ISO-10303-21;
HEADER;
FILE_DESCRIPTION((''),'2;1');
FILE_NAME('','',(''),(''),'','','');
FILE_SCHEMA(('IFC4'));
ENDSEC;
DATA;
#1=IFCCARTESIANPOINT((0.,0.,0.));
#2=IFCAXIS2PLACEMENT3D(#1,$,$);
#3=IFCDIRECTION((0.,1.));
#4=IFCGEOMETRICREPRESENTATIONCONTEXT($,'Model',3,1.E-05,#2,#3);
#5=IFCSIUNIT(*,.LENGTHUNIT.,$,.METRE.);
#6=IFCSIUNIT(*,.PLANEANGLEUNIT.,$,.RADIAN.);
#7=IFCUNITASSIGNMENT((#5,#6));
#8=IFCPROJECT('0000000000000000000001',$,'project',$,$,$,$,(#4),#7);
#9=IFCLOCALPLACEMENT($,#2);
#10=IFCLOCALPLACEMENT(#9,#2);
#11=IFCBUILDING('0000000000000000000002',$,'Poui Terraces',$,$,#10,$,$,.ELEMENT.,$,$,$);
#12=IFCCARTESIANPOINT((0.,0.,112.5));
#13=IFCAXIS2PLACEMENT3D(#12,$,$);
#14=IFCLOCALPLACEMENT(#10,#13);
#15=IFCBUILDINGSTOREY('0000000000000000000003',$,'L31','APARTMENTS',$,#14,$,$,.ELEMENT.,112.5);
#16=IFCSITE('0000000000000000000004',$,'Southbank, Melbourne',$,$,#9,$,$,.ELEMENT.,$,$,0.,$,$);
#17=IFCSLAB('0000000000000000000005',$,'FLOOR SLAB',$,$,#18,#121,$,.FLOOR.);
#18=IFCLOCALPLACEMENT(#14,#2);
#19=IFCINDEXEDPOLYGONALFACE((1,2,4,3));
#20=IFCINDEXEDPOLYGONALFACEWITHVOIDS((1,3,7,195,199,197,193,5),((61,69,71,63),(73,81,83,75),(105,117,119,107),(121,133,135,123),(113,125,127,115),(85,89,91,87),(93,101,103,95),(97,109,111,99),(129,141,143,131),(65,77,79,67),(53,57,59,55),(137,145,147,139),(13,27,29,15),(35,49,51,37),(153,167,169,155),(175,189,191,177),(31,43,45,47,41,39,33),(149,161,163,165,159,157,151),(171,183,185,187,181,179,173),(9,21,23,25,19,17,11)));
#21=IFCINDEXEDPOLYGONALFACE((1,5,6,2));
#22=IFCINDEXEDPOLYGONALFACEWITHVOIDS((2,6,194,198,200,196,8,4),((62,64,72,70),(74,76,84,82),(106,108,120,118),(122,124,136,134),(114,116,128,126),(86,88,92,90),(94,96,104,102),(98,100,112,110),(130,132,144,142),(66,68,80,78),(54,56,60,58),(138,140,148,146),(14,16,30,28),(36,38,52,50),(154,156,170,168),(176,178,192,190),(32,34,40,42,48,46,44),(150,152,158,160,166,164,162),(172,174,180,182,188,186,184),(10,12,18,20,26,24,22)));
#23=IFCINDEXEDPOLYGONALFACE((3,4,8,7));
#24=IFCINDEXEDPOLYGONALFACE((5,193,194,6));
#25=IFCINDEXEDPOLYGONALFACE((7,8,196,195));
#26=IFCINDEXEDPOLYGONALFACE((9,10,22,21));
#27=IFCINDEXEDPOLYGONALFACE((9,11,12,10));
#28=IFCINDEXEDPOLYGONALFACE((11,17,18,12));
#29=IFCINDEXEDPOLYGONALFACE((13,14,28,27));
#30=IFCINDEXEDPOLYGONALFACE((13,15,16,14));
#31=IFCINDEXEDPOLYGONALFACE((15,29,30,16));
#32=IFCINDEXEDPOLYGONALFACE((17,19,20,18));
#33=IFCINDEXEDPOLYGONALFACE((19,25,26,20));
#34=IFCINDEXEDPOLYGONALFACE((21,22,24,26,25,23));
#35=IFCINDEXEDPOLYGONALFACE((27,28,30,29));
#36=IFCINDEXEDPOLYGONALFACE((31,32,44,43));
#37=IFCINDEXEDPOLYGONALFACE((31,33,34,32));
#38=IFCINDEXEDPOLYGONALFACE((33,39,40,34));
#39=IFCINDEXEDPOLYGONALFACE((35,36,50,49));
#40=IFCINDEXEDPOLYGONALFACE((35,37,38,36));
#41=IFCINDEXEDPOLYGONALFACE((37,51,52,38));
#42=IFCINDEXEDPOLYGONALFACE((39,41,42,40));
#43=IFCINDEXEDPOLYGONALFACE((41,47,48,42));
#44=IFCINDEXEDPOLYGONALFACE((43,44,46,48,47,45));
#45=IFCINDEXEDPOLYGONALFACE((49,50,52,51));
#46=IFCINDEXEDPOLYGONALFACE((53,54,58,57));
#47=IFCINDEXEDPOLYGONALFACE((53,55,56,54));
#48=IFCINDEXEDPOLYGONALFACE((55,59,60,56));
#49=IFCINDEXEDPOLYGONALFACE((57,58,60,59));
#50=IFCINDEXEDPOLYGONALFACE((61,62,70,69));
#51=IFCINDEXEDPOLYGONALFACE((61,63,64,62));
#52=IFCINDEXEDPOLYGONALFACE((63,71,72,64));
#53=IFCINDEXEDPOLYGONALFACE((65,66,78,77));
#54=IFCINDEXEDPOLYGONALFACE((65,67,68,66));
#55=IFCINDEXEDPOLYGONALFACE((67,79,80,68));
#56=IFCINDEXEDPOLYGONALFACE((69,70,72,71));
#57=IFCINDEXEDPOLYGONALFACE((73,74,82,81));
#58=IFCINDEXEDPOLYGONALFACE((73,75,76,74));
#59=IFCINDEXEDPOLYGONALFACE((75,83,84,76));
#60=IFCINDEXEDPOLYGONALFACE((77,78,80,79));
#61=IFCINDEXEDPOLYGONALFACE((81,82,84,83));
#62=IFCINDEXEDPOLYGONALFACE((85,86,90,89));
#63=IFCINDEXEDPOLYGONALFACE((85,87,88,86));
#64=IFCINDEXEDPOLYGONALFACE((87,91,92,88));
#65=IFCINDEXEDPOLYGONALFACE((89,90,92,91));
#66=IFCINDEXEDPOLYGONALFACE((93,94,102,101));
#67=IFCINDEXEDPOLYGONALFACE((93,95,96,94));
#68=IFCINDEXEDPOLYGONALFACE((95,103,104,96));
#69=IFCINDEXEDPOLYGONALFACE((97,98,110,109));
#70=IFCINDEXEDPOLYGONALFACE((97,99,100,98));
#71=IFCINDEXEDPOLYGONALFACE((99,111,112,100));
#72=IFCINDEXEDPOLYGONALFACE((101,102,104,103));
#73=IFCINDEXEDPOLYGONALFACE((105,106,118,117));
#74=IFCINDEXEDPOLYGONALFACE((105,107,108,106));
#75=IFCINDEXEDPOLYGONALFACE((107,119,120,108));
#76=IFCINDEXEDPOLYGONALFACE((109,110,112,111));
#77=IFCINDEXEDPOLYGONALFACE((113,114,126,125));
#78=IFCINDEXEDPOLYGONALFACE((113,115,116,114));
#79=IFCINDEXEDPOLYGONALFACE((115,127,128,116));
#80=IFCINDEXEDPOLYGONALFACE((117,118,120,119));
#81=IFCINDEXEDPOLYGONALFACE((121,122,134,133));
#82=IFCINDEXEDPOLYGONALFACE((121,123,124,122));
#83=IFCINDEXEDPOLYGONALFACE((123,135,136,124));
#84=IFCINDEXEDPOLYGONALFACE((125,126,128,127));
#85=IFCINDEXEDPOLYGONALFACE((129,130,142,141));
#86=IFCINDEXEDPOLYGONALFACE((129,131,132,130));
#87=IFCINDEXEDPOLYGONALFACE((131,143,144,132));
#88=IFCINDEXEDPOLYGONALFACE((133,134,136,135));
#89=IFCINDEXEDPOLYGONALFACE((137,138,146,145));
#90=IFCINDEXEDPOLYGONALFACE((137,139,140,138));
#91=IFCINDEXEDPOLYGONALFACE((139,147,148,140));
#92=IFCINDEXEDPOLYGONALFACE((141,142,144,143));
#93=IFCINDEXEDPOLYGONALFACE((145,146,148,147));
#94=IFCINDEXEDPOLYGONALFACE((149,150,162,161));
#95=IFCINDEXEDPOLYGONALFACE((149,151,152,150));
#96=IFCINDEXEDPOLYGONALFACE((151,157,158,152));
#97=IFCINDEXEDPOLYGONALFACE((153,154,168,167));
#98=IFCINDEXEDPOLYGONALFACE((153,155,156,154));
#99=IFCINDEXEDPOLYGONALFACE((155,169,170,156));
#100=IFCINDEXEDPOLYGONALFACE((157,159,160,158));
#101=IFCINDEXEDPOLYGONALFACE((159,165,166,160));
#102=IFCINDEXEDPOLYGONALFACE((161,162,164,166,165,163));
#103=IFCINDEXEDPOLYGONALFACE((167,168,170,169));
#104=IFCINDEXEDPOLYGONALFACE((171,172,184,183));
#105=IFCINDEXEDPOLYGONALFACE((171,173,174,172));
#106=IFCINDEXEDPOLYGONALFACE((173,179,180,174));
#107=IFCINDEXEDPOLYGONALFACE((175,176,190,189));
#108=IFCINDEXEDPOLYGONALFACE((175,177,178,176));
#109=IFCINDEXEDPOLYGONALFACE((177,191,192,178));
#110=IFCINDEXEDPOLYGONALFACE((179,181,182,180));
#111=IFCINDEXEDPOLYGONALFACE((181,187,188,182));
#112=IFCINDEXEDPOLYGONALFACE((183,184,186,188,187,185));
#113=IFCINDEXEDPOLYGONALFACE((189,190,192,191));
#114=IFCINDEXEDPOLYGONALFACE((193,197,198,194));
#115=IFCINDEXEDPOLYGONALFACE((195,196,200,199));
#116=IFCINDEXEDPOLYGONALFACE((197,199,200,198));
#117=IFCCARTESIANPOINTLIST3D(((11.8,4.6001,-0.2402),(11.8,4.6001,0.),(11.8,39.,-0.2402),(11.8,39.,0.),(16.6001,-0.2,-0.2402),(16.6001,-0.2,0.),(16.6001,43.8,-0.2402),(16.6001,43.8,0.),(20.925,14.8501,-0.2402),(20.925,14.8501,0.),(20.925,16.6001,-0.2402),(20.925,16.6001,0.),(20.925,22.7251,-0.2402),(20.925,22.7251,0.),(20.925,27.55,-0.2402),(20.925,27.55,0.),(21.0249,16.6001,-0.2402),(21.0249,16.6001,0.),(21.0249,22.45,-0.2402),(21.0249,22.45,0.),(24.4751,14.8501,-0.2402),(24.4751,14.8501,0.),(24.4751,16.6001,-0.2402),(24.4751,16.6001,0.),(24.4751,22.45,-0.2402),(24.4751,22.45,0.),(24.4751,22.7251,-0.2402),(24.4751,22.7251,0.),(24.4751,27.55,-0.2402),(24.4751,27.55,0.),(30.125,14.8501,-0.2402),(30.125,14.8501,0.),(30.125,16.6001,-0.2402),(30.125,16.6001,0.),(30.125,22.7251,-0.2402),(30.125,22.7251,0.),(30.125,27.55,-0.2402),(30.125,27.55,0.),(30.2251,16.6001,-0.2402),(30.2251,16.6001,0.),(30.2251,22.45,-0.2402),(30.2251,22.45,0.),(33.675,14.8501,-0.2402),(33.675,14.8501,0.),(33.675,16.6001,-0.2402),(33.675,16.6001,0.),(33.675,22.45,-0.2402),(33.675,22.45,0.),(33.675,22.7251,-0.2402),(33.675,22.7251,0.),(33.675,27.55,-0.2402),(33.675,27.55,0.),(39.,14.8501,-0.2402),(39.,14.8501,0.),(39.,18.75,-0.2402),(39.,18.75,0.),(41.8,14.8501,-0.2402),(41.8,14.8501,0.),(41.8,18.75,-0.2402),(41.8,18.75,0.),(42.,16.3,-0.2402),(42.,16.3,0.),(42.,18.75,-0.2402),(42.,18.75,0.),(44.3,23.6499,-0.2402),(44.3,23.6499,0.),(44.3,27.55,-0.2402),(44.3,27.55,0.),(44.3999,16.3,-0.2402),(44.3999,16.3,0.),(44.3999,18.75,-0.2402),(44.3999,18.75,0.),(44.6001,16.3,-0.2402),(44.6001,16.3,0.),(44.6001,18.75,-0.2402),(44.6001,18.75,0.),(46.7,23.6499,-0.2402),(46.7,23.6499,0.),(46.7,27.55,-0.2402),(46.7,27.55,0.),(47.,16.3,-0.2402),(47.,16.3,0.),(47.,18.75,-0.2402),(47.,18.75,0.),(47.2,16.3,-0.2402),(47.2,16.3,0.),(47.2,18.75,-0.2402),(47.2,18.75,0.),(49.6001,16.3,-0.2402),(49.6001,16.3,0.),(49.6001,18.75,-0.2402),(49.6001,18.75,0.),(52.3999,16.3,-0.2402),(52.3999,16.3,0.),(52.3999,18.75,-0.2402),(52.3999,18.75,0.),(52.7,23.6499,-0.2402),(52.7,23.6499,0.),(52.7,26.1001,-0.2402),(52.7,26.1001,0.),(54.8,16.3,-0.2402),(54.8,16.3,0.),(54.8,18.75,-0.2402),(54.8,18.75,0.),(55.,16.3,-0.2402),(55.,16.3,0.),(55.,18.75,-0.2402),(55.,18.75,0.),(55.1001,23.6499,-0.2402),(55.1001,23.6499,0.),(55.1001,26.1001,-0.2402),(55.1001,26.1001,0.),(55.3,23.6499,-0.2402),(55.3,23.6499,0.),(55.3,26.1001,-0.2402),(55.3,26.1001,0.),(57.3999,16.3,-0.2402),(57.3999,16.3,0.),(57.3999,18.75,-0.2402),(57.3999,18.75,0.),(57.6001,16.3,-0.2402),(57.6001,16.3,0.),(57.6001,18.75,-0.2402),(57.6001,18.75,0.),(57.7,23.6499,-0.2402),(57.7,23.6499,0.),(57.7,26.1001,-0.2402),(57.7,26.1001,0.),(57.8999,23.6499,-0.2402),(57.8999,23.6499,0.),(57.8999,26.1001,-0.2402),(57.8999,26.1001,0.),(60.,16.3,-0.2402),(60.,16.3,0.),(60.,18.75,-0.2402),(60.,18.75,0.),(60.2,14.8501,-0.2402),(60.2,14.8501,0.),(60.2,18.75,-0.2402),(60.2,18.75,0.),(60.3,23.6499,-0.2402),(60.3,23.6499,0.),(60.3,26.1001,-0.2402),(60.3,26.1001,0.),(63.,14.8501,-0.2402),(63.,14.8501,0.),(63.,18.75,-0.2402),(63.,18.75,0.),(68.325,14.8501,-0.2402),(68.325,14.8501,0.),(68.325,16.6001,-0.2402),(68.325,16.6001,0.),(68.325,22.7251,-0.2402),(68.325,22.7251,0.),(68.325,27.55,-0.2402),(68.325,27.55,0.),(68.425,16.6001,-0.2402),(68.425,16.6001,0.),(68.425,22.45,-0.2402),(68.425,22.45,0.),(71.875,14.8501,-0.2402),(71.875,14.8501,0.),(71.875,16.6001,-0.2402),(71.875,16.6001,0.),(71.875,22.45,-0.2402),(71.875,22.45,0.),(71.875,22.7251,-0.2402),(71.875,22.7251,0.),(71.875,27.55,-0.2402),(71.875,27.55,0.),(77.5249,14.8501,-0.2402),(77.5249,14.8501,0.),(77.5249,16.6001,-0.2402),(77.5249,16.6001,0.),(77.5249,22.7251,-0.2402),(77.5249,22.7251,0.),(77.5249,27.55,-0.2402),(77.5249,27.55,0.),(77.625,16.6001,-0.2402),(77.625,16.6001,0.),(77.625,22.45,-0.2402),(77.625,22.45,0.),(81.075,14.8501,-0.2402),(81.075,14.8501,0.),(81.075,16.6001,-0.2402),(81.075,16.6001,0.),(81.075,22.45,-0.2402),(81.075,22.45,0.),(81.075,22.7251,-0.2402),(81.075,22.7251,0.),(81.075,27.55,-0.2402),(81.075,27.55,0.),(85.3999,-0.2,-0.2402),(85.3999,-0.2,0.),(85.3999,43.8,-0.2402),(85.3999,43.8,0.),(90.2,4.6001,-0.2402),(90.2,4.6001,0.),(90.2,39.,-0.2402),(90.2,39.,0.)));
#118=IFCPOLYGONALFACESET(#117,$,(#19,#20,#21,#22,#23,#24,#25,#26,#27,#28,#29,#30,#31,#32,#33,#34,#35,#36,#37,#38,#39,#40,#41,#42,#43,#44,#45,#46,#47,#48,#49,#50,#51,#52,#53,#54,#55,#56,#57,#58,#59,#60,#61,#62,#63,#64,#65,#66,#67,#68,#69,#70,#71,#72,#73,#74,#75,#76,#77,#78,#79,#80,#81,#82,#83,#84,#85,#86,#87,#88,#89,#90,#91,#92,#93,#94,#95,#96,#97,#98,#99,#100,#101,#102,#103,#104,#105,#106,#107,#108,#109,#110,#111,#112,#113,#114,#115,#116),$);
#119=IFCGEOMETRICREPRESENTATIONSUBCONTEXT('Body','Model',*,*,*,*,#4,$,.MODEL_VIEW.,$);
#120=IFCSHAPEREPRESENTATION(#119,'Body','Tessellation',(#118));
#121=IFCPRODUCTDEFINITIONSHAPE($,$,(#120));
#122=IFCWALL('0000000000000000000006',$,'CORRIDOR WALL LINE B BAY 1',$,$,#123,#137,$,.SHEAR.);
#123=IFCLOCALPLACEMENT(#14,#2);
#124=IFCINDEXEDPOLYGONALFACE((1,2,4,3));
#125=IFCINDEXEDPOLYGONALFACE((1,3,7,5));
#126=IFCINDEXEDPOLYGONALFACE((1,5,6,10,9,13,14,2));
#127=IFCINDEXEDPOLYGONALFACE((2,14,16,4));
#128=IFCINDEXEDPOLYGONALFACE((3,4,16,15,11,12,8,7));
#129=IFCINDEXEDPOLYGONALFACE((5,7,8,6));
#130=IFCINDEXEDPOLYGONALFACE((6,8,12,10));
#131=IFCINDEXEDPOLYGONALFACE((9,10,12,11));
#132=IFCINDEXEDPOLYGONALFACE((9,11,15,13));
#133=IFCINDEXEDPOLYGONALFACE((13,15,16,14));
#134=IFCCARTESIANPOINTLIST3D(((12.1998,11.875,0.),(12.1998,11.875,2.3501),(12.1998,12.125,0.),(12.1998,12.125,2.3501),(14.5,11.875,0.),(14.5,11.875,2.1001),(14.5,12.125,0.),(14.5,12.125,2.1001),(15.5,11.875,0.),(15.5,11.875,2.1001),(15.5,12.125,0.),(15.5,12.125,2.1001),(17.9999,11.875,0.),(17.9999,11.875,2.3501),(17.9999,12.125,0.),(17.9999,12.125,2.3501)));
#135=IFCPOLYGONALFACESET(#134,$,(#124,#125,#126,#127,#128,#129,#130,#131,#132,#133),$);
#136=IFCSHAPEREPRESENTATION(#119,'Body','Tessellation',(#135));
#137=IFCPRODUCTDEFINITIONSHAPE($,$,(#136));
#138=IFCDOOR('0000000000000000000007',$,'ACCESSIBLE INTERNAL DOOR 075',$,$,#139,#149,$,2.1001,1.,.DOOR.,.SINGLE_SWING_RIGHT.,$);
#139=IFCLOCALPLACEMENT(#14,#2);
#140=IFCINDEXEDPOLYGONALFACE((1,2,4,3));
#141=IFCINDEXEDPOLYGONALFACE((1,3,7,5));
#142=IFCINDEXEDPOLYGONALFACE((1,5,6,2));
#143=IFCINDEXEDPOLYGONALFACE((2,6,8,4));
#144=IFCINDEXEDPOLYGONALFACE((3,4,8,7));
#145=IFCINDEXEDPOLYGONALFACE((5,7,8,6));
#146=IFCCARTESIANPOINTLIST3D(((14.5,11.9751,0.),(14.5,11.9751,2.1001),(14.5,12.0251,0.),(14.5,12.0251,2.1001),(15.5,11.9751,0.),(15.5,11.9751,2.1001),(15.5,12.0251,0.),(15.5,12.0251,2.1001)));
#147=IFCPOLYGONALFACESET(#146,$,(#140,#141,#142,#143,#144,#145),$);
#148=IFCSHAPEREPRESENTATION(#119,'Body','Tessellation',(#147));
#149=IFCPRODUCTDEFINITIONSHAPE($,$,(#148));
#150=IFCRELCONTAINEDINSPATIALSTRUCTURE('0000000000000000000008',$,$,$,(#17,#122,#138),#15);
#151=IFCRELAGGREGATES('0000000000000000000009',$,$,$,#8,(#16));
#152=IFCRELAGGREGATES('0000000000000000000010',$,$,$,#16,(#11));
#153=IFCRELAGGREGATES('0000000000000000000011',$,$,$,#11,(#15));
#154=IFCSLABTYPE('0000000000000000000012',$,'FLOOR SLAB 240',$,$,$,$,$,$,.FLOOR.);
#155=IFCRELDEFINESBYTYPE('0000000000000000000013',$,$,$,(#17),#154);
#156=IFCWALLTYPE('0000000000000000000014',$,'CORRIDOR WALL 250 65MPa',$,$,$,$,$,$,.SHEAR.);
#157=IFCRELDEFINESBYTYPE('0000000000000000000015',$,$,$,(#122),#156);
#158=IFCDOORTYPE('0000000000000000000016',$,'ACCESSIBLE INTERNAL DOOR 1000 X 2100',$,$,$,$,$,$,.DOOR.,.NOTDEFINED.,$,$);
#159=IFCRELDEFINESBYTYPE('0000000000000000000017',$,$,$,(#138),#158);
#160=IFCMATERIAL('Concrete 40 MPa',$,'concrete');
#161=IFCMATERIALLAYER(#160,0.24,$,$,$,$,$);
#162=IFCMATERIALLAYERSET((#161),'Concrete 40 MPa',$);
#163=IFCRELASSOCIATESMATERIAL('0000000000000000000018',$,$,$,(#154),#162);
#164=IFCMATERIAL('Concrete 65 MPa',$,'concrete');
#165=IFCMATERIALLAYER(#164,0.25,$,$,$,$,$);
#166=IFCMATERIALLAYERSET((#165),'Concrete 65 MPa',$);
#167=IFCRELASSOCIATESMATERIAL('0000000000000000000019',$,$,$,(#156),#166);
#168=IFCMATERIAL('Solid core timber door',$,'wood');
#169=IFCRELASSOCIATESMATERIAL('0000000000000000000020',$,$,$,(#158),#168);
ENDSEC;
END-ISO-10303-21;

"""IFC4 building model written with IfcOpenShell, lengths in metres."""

from ifc_helpers import new_model, si_unit, direction, frame, frame_2d, origin, place, context, subcontext, project, spatial, polyline, rectangle, outline, extrude, source, transform, mapped, material, layer, layer_set, type_object, element, fill, save


model = new_model("IFC4")

# Units and contexts
model_context = context("Model", 3, precision=1e-05, world=origin(), true_north=direction((0.0, 1.0)))
body_context = subcontext(model_context, "Body", "Model", "MODEL_VIEW")
ifc_project = project(units=[si_unit("LENGTHUNIT", "METRE"), si_unit("PLANEANGLEUNIT", "RADIAN")], contexts=[model_context])

# Site, building, storey
site_placement = place(None, origin())
site = spatial("IfcSite", under=ifc_project, at=site_placement, Name="Southbank, Melbourne", CompositionType="ELEMENT", RefElevation=0.0)
building_placement = place(site_placement, origin())
building = spatial("IfcBuilding", under=site, at=building_placement, Name="Poui Terraces", CompositionType="ELEMENT")
storey_placement = place(building_placement, frame((0.0, 0.0, 112.5)))
storey = spatial("IfcBuildingStorey", under=building, at=storey_placement, Name="L31", Description="APARTMENTS", CompositionType="ELEMENT", Elevation=112.5)

# Shared definitions
ifc_material_1 = material(Name="Concrete 65 MPa", Category="concrete")

# Slab
ifc_material_2 = material(Name="Concrete 40 MPa", Category="concrete")
ifc_layer_1 = layer(ifc_material_2, 0.24)
ifc_layer_set_1 = layer_set([ifc_layer_1], Name="Concrete 40 MPa")
slab_type_1 = type_object("IfcSlabType", Name="FLOOR SLAB 240", PredefinedType="FLOOR", material=ifc_layer_set_1)
shared_shape = source(origin(), body_context, "Body", "SweptSolid", [
    extrude(outline(polyline([(0.0, 0.0), (4.8, -4.8), (73.5999, -4.8), (78.3999, 0.0), (78.3999, 34.3999), (73.5999, 39.2), (4.8, 39.2), (0.0, 34.3999), (0.0, 0.0)]), holes=[polyline([(27.2, 10.25), (27.2, 14.1499), (30.0, 14.1499), (30.0, 10.25), (27.2, 10.25)]), polyline([(30.2, 11.7), (30.2, 14.1499), (32.5999, 14.1499), (32.5999, 11.7), (30.2, 11.7)]), polyline([(32.8, 11.7), (32.8, 14.1499), (35.2, 14.1499), (35.2, 11.7), (32.8, 11.7)]), polyline([(35.3999, 14.1499), (37.8, 14.1499), (37.8, 11.7), (35.3999, 11.7), (35.3999, 14.1499)]), polyline([(40.5999, 14.1499), (43.0, 14.1499), (43.0, 11.7), (40.5999, 11.7), (40.5999, 14.1499)]), polyline([(9.2249, 17.8499), (12.675, 17.8499), (12.675, 12.0), (12.675, 10.25), (9.125, 10.25), (9.125, 12.0), (9.2249, 12.0), (9.2249, 17.8499)]), polyline([(18.425, 17.8499), (21.875, 17.8499), (21.875, 12.0), (21.875, 10.25), (18.325, 10.25), (18.325, 12.0), (18.425, 12.0), (18.425, 17.8499)]), polyline([(9.125, 18.125), (9.125, 22.95), (12.675, 22.95), (12.675, 18.125), (9.125, 18.125)]), polyline([(18.325, 22.95), (21.875, 22.95), (21.875, 18.125), (18.325, 18.125), (18.325, 22.95)]), polyline([(32.5, 22.95), (34.8999, 22.95), (34.8999, 19.0498), (32.5, 19.0498), (32.5, 22.95)]), polyline([(48.3999, 10.25), (48.3999, 14.1499), (51.2, 14.1499), (51.2, 10.25), (48.3999, 10.25)]), polyline([(43.2, 11.7), (43.2, 14.1499), (45.5999, 14.1499), (45.5999, 11.7), (43.2, 11.7)]), polyline([(45.8, 11.7), (45.8, 14.1499), (48.2, 14.1499), (48.2, 11.7), (45.8, 11.7)]), polyline([(60.075, 17.8499), (60.075, 12.0), (60.075, 10.25), (56.5249, 10.25), (56.5249, 12.0), (56.625, 12.0), (56.625, 17.8499), (60.075, 17.8499)]), polyline([(69.2749, 17.8499), (69.2749, 12.0), (69.2749, 10.25), (65.7249, 10.25), (65.7249, 12.0), (65.825, 12.0), (65.825, 17.8499), (69.2749, 17.8499)]), polyline([(40.8999, 19.0498), (40.8999, 21.5), (43.3, 21.5), (43.3, 19.0498), (40.8999, 19.0498)]), polyline([(43.5, 19.0498), (43.5, 21.5), (45.8999, 21.5), (45.8999, 19.0498), (43.5, 19.0498)]), polyline([(46.0999, 19.0498), (46.0999, 21.5), (48.5, 21.5), (48.5, 19.0498), (46.0999, 19.0498)]), polyline([(56.5249, 22.95), (60.075, 22.95), (60.075, 18.125), (56.5249, 18.125), (56.5249, 22.95)]), polyline([(65.7249, 22.95), (69.2749, 22.95), (69.2749, 18.125), (65.7249, 18.125), (65.7249, 22.95)])]), origin(), (0.0, 0.0, 1.0), 0.2402),
])
slab_1_placement = place(storey_placement, frame((11.8, 4.6001, -0.2402)))
element("IfcSlab", 1, at=slab_1_placement, inside=storey, type_object=slab_type_1, Name="FLOOR SLAB", PredefinedType="FLOOR", context=body_context, shape_type="MappedRepresentation", body=[
    mapped(shared_shape, transform((0.0, 0.0, 0.0))),
])

# Wall, opening, door
ifc_layer_2 = layer(ifc_material_1, 0.25)
ifc_layer_set_2 = layer_set([ifc_layer_2], Name="Concrete 65 MPa")
wall_type_1 = type_object("IfcWallType", Name="CORRIDOR WALL 250 65MPa", PredefinedType="SHEAR", material=ifc_layer_set_2)
wall_1_placement = place(storey_placement, frame((12.2, 12.0, 0.0), z_axis=(0.0, 0.0, 1.0), x_axis=(1.0, 0.0, 0.0)))
wall_1 = element("IfcWall", 2, at=wall_1_placement, inside=storey, type_object=wall_type_1, Name="CORRIDOR WALL LINE B BAY 1", PredefinedType="SHEAR", context=body_context, shape_type="SweptSolid", body=[
    extrude(rectangle(XDim=5.8, YDim=0.25, at=frame_2d((2.8999, 0.0))), origin(), (0.0, 0.0, 1.0), 2.3501),
])
opening_1_placement = place(wall_1_placement, frame((2.3, 0.0, 0.0)))
opening_1 = element("IfcOpeningElement", 3, at=opening_1_placement, cuts=wall_1, PredefinedType="OPENING", context=body_context, shape_type="SweptSolid", body=[
    extrude(rectangle(XDim=1.0, YDim=2.1001, at=frame_2d((0.5, 1.05))), frame((0.0, 0.135, 0.0), z_axis=(0.0, -1.0, 0.0), x_axis=(1.0, 0.0, 0.0)), (0.0, 0.0, 1.0), 0.27),
])
ifc_material_3 = material(Name="Solid core timber door", Category="wood")
door_type = type_object("IfcDoorType", Name="ACCESSIBLE INTERNAL DOOR 1000 X 2100", OperationType="NOTDEFINED", PredefinedType="DOOR", material=ifc_material_3)
door_placement = place(opening_1_placement, frame((1.0, 0.0, 0.0), z_axis=(0.0, 0.0, 1.0), x_axis=(-1.0, 0.0, 0.0)))
door = element("IfcDoor", 4, at=door_placement, inside=storey, type_object=door_type, Name="ACCESSIBLE INTERNAL DOOR 075", OperationType="SINGLE_SWING_RIGHT", OverallHeight=2.1001, OverallWidth=1.0, PredefinedType="DOOR", context=body_context, shape_type="SweptSolid", body=[
    extrude(rectangle(XDim=1.0, YDim=2.1001, at=frame_2d((0.5, 1.05))), frame((0.0, 0.0249, 0.0), z_axis=(0.0, -1.0, 0.0), x_axis=(1.0, 0.0, 0.0)), (0.0, 0.0, 1.0), 0.05),
])
fill(opening_1, door)

save(model, "model.ifc")
